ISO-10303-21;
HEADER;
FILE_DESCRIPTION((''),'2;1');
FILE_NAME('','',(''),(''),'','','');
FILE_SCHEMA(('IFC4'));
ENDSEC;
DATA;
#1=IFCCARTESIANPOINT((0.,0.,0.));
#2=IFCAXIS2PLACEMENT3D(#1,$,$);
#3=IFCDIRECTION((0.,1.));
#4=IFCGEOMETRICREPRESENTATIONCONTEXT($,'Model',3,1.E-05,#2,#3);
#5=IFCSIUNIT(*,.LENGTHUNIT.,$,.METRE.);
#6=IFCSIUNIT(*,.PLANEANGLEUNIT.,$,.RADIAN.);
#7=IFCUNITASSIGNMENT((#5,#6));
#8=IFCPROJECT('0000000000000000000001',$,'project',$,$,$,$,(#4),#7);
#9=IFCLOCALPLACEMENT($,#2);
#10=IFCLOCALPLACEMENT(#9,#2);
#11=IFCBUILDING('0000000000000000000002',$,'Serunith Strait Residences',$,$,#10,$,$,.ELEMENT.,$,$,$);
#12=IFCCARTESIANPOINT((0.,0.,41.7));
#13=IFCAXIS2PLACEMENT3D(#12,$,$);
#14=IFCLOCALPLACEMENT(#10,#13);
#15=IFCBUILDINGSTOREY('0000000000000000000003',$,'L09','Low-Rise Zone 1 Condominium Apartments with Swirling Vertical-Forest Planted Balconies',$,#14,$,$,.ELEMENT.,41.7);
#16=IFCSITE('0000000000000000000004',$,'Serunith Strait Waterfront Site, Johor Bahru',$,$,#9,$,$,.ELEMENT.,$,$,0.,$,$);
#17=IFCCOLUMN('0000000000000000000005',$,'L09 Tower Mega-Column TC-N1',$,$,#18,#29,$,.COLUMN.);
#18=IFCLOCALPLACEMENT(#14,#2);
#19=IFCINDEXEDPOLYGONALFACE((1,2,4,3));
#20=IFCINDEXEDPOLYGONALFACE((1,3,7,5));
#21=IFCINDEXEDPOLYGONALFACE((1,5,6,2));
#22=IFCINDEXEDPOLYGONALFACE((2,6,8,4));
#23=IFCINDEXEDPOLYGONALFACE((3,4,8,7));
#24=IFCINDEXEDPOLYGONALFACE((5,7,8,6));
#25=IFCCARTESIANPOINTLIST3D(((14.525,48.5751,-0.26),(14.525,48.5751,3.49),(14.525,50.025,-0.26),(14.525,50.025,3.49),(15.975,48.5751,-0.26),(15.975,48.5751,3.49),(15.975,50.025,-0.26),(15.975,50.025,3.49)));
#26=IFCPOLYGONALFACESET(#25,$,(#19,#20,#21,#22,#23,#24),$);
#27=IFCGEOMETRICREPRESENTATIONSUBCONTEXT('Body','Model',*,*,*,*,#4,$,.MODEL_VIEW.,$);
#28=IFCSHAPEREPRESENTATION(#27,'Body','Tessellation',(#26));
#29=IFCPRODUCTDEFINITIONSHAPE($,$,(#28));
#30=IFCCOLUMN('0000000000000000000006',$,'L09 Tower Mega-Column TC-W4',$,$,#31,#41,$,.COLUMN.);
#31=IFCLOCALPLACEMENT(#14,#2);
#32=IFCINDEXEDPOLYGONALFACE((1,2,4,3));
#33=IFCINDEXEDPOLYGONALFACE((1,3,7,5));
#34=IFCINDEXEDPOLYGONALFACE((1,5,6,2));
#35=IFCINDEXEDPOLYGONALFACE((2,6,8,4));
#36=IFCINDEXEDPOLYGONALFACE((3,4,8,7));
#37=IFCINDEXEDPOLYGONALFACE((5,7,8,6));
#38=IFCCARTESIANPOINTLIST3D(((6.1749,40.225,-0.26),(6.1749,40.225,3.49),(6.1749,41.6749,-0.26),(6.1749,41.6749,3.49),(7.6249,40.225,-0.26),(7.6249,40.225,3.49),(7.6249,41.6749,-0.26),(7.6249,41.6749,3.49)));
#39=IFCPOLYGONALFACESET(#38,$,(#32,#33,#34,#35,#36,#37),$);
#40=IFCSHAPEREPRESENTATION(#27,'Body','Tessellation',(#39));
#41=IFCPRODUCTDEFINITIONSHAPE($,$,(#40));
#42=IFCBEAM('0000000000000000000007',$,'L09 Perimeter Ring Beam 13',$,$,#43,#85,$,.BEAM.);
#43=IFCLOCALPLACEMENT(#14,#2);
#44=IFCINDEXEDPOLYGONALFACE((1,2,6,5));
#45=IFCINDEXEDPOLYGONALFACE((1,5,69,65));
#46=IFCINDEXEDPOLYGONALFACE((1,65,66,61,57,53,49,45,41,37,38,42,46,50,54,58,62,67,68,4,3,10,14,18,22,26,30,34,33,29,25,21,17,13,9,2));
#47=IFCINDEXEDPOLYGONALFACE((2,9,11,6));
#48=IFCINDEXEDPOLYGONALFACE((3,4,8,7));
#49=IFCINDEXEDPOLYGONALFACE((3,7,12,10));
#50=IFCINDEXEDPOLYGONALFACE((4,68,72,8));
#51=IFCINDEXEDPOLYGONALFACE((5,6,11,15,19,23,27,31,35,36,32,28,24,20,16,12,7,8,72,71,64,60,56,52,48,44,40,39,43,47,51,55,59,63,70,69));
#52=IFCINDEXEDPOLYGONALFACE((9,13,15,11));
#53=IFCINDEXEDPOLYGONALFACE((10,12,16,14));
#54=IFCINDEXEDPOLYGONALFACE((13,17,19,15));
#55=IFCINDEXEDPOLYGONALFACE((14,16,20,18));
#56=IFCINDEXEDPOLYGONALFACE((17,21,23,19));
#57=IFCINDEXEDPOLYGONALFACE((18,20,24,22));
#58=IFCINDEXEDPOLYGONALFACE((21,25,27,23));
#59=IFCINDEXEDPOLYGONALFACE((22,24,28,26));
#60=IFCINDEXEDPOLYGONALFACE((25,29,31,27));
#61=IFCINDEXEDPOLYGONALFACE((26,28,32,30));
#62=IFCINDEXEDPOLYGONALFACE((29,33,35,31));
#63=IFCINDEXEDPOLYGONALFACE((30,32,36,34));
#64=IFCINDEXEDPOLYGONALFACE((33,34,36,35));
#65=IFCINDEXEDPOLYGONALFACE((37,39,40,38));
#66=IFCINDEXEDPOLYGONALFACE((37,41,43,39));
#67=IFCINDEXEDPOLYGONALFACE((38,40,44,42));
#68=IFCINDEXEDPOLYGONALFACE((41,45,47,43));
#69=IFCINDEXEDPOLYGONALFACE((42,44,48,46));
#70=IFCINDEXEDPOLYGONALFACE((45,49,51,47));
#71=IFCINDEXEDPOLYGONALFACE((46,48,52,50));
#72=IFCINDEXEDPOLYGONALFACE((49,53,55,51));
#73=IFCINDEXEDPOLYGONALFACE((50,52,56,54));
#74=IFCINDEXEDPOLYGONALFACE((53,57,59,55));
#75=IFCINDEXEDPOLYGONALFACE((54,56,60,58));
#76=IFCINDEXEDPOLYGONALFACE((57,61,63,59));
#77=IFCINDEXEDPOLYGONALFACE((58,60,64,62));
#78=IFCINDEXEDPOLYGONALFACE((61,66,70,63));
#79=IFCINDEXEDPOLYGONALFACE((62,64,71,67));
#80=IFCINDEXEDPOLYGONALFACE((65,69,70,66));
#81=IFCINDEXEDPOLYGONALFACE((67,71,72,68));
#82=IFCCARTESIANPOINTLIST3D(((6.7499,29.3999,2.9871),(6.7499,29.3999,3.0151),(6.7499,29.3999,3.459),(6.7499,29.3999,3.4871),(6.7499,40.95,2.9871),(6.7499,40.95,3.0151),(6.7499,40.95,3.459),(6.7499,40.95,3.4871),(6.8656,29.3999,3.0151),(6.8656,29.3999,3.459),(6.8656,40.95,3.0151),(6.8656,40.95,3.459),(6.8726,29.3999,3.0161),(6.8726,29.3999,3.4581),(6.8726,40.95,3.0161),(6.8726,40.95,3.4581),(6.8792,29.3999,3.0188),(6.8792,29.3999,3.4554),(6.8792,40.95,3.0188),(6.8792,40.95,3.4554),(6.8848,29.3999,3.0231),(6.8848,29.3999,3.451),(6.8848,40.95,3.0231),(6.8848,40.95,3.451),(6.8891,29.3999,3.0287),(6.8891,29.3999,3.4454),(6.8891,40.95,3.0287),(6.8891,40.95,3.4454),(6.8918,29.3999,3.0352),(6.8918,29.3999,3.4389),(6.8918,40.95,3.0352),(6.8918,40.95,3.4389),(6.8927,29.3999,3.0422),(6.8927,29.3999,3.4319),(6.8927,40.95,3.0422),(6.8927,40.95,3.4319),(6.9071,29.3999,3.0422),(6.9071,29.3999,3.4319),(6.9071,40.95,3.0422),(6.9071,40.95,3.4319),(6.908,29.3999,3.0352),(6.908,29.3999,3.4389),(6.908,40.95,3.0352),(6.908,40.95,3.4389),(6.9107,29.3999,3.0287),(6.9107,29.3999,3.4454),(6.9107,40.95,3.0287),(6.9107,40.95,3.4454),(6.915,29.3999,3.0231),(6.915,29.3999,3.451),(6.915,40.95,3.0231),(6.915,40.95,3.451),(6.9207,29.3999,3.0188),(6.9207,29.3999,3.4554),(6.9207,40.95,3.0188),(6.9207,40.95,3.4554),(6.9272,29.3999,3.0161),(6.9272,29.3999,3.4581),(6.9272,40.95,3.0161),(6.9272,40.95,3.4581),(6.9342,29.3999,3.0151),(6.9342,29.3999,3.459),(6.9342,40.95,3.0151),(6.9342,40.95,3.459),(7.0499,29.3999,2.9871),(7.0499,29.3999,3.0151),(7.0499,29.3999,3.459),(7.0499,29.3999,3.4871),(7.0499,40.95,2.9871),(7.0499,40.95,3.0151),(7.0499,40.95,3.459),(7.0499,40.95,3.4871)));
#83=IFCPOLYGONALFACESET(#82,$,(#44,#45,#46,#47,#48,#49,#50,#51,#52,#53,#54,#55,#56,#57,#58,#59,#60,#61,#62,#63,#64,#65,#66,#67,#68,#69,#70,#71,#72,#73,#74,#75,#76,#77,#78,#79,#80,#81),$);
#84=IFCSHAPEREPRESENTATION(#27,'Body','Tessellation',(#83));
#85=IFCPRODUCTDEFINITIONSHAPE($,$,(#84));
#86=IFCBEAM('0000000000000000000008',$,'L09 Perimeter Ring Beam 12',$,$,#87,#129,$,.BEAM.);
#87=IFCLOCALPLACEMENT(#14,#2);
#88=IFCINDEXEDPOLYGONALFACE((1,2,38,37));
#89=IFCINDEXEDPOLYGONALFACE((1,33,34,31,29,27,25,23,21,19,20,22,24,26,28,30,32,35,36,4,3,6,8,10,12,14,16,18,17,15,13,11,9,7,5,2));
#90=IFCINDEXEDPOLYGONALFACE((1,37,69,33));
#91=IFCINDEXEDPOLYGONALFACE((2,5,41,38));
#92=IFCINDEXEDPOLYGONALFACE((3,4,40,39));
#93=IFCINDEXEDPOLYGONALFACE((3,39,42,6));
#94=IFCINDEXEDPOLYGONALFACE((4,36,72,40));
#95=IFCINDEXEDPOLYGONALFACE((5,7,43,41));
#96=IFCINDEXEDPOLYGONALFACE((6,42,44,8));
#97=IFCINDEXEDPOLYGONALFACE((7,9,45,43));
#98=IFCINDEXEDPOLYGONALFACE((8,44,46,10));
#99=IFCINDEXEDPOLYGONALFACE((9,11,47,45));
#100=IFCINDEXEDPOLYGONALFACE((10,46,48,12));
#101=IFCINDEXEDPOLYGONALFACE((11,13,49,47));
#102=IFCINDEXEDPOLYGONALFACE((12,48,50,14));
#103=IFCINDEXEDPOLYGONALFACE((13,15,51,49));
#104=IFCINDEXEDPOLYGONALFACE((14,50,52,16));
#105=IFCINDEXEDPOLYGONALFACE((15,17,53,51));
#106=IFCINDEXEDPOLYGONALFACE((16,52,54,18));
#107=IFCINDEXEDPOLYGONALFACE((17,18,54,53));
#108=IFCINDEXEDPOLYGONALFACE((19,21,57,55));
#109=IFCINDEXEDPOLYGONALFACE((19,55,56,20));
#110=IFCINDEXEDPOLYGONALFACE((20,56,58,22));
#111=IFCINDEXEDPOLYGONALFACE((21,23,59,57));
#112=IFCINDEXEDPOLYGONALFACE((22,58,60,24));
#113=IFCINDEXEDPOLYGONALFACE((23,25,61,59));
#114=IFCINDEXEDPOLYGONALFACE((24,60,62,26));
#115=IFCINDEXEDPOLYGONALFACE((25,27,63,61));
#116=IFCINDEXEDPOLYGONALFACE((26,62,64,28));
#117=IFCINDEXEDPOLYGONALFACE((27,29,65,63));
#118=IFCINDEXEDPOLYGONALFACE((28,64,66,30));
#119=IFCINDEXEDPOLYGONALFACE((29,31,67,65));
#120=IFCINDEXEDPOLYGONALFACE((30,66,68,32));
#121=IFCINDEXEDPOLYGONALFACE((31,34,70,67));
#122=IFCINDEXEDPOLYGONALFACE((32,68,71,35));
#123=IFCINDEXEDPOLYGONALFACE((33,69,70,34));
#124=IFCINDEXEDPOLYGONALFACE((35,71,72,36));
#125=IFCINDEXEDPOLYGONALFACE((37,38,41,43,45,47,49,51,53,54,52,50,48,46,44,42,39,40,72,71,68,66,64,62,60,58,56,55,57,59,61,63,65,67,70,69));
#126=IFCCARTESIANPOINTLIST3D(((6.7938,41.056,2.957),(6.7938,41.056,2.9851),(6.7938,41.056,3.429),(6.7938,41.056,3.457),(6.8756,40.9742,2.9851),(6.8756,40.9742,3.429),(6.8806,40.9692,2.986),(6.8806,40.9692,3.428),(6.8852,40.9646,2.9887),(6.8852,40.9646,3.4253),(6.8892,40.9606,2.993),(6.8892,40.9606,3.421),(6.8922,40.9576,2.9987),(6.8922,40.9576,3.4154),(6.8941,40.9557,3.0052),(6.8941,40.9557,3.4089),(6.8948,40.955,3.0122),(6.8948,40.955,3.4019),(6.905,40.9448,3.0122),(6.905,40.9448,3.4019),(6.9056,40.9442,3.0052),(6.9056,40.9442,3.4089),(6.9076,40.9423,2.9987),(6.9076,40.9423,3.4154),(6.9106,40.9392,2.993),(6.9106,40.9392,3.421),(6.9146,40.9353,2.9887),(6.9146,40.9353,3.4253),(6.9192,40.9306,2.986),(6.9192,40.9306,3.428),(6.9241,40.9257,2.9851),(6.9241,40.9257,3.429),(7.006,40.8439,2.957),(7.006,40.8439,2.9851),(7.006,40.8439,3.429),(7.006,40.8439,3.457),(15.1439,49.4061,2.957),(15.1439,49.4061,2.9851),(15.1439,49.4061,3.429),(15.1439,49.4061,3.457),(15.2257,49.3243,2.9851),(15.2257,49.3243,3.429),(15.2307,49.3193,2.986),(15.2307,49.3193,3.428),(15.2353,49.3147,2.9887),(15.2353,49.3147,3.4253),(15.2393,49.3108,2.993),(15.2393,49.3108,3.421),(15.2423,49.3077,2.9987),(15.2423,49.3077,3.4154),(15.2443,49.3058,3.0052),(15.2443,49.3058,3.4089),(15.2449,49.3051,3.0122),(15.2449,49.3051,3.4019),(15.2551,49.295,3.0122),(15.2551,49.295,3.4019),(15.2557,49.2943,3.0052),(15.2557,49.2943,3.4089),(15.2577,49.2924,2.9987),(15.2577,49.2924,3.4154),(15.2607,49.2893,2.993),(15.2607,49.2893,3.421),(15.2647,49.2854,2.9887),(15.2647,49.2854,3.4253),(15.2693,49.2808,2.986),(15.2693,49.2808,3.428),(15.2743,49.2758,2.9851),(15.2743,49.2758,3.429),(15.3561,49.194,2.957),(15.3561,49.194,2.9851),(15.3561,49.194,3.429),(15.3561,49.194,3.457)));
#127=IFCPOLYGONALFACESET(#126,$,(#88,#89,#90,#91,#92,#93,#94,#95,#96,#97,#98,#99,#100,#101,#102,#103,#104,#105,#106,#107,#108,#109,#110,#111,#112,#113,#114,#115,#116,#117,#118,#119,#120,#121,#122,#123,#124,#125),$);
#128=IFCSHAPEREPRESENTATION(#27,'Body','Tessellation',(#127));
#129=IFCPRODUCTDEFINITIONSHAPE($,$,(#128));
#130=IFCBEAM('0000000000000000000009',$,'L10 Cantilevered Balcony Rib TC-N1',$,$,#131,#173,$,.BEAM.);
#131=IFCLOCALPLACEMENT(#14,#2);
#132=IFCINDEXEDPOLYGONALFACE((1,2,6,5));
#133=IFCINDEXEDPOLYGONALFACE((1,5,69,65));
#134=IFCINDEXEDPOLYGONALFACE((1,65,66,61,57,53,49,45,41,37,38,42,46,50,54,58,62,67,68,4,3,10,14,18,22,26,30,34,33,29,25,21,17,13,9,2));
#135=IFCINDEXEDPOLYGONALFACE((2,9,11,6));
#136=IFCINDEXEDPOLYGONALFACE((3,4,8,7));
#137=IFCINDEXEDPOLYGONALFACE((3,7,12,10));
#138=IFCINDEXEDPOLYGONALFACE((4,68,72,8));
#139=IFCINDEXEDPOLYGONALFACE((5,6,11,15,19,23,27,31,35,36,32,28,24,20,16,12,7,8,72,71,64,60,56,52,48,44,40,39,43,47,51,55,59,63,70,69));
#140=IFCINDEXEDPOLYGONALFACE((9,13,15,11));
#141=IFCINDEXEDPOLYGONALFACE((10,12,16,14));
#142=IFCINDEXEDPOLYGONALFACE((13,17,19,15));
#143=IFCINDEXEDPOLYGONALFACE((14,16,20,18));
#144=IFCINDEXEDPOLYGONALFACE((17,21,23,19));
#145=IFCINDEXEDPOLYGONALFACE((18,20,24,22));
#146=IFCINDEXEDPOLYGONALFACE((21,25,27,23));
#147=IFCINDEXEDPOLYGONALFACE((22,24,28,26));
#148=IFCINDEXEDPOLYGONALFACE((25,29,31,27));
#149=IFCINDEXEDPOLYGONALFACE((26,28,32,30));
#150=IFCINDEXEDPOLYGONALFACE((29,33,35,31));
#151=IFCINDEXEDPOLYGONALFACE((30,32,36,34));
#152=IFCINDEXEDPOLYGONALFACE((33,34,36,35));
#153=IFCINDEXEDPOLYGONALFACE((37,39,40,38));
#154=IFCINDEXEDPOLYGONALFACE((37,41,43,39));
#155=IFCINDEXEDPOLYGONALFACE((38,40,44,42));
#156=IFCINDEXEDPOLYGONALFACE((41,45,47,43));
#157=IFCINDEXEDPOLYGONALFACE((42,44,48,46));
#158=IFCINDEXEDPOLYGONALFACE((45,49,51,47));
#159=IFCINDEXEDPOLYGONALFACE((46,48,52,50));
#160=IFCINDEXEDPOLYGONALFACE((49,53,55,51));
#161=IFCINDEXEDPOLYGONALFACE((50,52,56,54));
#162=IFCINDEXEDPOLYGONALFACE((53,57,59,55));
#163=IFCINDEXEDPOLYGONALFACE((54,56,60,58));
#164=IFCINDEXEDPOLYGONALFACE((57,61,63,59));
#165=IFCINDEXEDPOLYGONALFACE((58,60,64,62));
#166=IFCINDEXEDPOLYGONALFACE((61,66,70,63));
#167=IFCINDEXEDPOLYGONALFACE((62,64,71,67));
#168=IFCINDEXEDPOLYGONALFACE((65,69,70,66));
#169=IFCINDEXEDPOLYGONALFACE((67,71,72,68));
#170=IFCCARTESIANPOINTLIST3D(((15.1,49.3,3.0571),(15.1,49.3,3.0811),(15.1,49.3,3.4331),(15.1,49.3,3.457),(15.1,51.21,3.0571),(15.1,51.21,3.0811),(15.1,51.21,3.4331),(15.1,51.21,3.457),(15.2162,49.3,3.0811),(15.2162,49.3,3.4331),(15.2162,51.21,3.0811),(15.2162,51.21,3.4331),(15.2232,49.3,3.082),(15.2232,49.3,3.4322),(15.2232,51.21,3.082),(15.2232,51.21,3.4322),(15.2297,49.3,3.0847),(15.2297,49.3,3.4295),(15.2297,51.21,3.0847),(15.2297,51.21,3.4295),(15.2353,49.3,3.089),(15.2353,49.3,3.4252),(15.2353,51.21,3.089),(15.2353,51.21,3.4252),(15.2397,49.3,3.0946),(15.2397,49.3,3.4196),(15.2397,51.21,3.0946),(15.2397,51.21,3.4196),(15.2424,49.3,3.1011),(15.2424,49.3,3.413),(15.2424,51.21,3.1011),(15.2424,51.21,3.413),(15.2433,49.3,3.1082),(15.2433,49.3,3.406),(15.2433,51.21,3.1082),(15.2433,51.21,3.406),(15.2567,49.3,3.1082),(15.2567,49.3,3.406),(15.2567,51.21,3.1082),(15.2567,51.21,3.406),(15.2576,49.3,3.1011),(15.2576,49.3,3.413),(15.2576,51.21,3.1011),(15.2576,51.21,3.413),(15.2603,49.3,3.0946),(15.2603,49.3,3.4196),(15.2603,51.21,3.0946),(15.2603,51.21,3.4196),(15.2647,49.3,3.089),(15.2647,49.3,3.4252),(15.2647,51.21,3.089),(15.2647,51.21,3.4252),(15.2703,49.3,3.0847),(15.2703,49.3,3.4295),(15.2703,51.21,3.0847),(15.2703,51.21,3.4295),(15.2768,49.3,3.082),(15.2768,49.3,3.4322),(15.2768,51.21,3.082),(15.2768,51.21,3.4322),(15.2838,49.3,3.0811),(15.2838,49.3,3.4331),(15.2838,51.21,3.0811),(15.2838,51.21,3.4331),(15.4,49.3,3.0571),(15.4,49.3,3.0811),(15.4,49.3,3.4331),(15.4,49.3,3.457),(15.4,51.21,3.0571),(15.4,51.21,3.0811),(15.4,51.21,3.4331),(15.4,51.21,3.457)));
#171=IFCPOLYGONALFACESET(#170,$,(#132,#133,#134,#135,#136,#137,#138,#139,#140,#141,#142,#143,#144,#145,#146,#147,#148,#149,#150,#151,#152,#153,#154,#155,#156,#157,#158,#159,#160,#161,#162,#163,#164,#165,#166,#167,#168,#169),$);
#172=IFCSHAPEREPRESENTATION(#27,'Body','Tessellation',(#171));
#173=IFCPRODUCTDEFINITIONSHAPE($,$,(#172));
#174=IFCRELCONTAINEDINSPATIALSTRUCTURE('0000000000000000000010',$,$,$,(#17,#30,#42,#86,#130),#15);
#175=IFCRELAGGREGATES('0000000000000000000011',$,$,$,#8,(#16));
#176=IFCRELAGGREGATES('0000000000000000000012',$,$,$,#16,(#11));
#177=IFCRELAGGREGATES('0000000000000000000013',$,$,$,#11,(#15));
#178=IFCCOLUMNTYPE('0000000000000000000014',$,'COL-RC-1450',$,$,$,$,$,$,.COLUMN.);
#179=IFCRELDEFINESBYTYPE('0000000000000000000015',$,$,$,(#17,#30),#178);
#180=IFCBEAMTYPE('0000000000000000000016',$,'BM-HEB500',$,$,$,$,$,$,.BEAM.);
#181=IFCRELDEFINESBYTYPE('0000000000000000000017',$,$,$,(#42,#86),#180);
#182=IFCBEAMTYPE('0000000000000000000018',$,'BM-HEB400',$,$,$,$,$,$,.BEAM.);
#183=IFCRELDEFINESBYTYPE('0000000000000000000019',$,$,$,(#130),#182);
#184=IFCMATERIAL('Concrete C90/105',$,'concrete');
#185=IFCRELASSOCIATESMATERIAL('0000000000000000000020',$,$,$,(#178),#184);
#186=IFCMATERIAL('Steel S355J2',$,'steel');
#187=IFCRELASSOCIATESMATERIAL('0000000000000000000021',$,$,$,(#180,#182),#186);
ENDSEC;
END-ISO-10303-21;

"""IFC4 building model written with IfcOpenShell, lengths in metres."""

from ifc_helpers import new_model, si_unit, direction, frame, origin, origin_2d, place, context, subcontext, project, spatial, rectangle, i_section, extrude, source, transform, mapped, material, material_profile, profile_set, type_object, element, save


model = new_model("IFC4")

# Units and contexts
model_context = context("Model", 3, precision=1e-05, world=origin(), true_north=direction((0.0, 1.0)))
body_context = subcontext(model_context, "Body", "Model", "MODEL_VIEW")
ifc_project = project(units=[si_unit("LENGTHUNIT", "METRE"), si_unit("PLANEANGLEUNIT", "RADIAN")], contexts=[model_context])

# Site, building, storey
site_placement = place(None, origin())
site = spatial("IfcSite", under=ifc_project, at=site_placement, Name="Serunith Strait Waterfront Site, Johor Bahru", CompositionType="ELEMENT", RefElevation=0.0)
building_placement = place(site_placement, origin())
building = spatial("IfcBuilding", under=site, at=building_placement, Name="Serunith Strait Residences", CompositionType="ELEMENT")
storey_placement = place(building_placement, frame((0.0, 0.0, 41.7)))
storey = spatial("IfcBuildingStorey", under=building, at=storey_placement, Name="L09", Description="Low-Rise Zone 1 Condominium Apartments with Swirling Vertical-Forest Planted Balconies", CompositionType="ELEMENT", Elevation=41.7)

# Columns
ifc_material_1 = material(Name="Concrete C90/105", Category="concrete")
ifc_material_profile_1 = material_profile(ifc_material_1, rectangle(XDim=1.45, YDim=1.45, at=origin_2d()), Name="RC 1450x1450")
ifc_profile_set_1 = profile_set([ifc_material_profile_1], Name="Concrete C90/105")
column_type = type_object("IfcColumnType", Name="COL-RC-1450", PredefinedType="COLUMN", material=ifc_profile_set_1)
shared_shape_1 = source(origin(), body_context, "Body", "SweptSolid", [
    extrude(rectangle(XDim=1.45, YDim=1.45, at=origin_2d()), origin(), (0.0, 0.0, 1.0), 3.75),
])
for number, where, z_axis, x_axis, name in (
    (1, (15.25, 49.3, -0.26), (0.0, 0.0, 1.0), (1.0, 0.0, 0.0), "L09 Tower Mega-Column TC-N1"),
    (2, (6.8999, 40.95, -0.26), (0.0, 0.0, 1.0), (1.0, 0.0, 0.0), "L09 Tower Mega-Column TC-W4"),
):
    element("IfcColumn", number, at=place(storey_placement, frame(where, z_axis=z_axis, x_axis=x_axis)), inside=storey, type_object=column_type, Name=name, PredefinedType="COLUMN", context=body_context, shape_type="MappedRepresentation", body=[
        mapped(shared_shape_1, transform((0.0, 0.0, 0.0), scale=1.0)),
    ])

# Beams
ifc_material_2 = material(Name="Steel S355J2", Category="steel")
ifc_material_profile_2 = material_profile(ifc_material_2, i_section(OverallWidth=0.3, OverallDepth=0.5, WebThickness=0.0144, FlangeThickness=0.0281, FilletRadius=0.0271, at=origin_2d()), Name="HEB 500")
ifc_profile_set_2 = profile_set([ifc_material_profile_2], Name="Steel S355J2")
beam_type_1 = type_object("IfcBeamType", Name="BM-HEB500", PredefinedType="BEAM", material=ifc_profile_set_2)
shared_shape_2 = source(origin(), body_context, "Body", "SweptSolid", [
    extrude(i_section(OverallWidth=0.3, OverallDepth=0.5, WebThickness=0.0144, FlangeThickness=0.0281, FilletRadius=0.0271, at=origin_2d()), origin(), (0.0, 0.0, 1.0), 11.55),
])
beam_1_placement = place(storey_placement, frame((6.8999, 40.95, 3.2371), z_axis=(0.0, -1.0, 0.0), x_axis=(1.0, 0.0, 0.0)))
element("IfcBeam", 3, at=beam_1_placement, inside=storey, type_object=beam_type_1, Name="L09 Perimeter Ring Beam 13", PredefinedType="BEAM", context=body_context, shape_type="MappedRepresentation", body=[
    mapped(shared_shape_2, transform((0.0, 0.0, 0.0), scale=1.0)),
])
shared_shape_3 = source(origin(), body_context, "Body", "SweptSolid", [
    extrude(i_section(OverallWidth=0.3, OverallDepth=0.5, WebThickness=0.0144, FlangeThickness=0.0281, FilletRadius=0.0271, at=origin_2d()), origin(), (0.0, 0.0, 1.0), 11.8088),
])
beam_2_placement = place(storey_placement, frame((15.25, 49.3, 3.207), z_axis=(-0.707107, -0.707107, 0.0), x_axis=(0.707107, -0.707107, 0.0)))
element("IfcBeam", 4, at=beam_2_placement, inside=storey, type_object=beam_type_1, Name="L09 Perimeter Ring Beam 12", PredefinedType="BEAM", context=body_context, shape_type="MappedRepresentation", body=[
    mapped(shared_shape_3, transform((0.0, 0.0, 0.0), scale=1.0)),
])
ifc_material_profile_3 = material_profile(ifc_material_2, i_section(OverallWidth=0.3, OverallDepth=0.3999, WebThickness=0.0134, FlangeThickness=0.0239, FilletRadius=0.0271, at=origin_2d()), Name="HEB 400")
ifc_profile_set_3 = profile_set([ifc_material_profile_3], Name="Steel S355J2")
beam_type_2 = type_object("IfcBeamType", Name="BM-HEB400", PredefinedType="BEAM", material=ifc_profile_set_3)
shared_shape_4 = source(origin(), body_context, "Body", "SweptSolid", [
    extrude(i_section(OverallWidth=0.3, OverallDepth=0.3999, WebThickness=0.0134, FlangeThickness=0.0239, FilletRadius=0.0271, at=origin_2d()), origin(), (0.0, 0.0, 1.0), 1.9099),
])
beam_3_placement = place(storey_placement, frame((15.25, 49.3, 3.2571), z_axis=(0.0, 1.0, 0.0), x_axis=(-1.0, 0.0, 0.0)))
element("IfcBeam", 5, at=beam_3_placement, inside=storey, type_object=beam_type_2, Name="L10 Cantilevered Balcony Rib TC-N1", PredefinedType="BEAM", context=body_context, shape_type="MappedRepresentation", body=[
    mapped(shared_shape_4, transform((0.0, 0.0, 0.0), scale=1.0)),
])

save(model, "model.ifc")
